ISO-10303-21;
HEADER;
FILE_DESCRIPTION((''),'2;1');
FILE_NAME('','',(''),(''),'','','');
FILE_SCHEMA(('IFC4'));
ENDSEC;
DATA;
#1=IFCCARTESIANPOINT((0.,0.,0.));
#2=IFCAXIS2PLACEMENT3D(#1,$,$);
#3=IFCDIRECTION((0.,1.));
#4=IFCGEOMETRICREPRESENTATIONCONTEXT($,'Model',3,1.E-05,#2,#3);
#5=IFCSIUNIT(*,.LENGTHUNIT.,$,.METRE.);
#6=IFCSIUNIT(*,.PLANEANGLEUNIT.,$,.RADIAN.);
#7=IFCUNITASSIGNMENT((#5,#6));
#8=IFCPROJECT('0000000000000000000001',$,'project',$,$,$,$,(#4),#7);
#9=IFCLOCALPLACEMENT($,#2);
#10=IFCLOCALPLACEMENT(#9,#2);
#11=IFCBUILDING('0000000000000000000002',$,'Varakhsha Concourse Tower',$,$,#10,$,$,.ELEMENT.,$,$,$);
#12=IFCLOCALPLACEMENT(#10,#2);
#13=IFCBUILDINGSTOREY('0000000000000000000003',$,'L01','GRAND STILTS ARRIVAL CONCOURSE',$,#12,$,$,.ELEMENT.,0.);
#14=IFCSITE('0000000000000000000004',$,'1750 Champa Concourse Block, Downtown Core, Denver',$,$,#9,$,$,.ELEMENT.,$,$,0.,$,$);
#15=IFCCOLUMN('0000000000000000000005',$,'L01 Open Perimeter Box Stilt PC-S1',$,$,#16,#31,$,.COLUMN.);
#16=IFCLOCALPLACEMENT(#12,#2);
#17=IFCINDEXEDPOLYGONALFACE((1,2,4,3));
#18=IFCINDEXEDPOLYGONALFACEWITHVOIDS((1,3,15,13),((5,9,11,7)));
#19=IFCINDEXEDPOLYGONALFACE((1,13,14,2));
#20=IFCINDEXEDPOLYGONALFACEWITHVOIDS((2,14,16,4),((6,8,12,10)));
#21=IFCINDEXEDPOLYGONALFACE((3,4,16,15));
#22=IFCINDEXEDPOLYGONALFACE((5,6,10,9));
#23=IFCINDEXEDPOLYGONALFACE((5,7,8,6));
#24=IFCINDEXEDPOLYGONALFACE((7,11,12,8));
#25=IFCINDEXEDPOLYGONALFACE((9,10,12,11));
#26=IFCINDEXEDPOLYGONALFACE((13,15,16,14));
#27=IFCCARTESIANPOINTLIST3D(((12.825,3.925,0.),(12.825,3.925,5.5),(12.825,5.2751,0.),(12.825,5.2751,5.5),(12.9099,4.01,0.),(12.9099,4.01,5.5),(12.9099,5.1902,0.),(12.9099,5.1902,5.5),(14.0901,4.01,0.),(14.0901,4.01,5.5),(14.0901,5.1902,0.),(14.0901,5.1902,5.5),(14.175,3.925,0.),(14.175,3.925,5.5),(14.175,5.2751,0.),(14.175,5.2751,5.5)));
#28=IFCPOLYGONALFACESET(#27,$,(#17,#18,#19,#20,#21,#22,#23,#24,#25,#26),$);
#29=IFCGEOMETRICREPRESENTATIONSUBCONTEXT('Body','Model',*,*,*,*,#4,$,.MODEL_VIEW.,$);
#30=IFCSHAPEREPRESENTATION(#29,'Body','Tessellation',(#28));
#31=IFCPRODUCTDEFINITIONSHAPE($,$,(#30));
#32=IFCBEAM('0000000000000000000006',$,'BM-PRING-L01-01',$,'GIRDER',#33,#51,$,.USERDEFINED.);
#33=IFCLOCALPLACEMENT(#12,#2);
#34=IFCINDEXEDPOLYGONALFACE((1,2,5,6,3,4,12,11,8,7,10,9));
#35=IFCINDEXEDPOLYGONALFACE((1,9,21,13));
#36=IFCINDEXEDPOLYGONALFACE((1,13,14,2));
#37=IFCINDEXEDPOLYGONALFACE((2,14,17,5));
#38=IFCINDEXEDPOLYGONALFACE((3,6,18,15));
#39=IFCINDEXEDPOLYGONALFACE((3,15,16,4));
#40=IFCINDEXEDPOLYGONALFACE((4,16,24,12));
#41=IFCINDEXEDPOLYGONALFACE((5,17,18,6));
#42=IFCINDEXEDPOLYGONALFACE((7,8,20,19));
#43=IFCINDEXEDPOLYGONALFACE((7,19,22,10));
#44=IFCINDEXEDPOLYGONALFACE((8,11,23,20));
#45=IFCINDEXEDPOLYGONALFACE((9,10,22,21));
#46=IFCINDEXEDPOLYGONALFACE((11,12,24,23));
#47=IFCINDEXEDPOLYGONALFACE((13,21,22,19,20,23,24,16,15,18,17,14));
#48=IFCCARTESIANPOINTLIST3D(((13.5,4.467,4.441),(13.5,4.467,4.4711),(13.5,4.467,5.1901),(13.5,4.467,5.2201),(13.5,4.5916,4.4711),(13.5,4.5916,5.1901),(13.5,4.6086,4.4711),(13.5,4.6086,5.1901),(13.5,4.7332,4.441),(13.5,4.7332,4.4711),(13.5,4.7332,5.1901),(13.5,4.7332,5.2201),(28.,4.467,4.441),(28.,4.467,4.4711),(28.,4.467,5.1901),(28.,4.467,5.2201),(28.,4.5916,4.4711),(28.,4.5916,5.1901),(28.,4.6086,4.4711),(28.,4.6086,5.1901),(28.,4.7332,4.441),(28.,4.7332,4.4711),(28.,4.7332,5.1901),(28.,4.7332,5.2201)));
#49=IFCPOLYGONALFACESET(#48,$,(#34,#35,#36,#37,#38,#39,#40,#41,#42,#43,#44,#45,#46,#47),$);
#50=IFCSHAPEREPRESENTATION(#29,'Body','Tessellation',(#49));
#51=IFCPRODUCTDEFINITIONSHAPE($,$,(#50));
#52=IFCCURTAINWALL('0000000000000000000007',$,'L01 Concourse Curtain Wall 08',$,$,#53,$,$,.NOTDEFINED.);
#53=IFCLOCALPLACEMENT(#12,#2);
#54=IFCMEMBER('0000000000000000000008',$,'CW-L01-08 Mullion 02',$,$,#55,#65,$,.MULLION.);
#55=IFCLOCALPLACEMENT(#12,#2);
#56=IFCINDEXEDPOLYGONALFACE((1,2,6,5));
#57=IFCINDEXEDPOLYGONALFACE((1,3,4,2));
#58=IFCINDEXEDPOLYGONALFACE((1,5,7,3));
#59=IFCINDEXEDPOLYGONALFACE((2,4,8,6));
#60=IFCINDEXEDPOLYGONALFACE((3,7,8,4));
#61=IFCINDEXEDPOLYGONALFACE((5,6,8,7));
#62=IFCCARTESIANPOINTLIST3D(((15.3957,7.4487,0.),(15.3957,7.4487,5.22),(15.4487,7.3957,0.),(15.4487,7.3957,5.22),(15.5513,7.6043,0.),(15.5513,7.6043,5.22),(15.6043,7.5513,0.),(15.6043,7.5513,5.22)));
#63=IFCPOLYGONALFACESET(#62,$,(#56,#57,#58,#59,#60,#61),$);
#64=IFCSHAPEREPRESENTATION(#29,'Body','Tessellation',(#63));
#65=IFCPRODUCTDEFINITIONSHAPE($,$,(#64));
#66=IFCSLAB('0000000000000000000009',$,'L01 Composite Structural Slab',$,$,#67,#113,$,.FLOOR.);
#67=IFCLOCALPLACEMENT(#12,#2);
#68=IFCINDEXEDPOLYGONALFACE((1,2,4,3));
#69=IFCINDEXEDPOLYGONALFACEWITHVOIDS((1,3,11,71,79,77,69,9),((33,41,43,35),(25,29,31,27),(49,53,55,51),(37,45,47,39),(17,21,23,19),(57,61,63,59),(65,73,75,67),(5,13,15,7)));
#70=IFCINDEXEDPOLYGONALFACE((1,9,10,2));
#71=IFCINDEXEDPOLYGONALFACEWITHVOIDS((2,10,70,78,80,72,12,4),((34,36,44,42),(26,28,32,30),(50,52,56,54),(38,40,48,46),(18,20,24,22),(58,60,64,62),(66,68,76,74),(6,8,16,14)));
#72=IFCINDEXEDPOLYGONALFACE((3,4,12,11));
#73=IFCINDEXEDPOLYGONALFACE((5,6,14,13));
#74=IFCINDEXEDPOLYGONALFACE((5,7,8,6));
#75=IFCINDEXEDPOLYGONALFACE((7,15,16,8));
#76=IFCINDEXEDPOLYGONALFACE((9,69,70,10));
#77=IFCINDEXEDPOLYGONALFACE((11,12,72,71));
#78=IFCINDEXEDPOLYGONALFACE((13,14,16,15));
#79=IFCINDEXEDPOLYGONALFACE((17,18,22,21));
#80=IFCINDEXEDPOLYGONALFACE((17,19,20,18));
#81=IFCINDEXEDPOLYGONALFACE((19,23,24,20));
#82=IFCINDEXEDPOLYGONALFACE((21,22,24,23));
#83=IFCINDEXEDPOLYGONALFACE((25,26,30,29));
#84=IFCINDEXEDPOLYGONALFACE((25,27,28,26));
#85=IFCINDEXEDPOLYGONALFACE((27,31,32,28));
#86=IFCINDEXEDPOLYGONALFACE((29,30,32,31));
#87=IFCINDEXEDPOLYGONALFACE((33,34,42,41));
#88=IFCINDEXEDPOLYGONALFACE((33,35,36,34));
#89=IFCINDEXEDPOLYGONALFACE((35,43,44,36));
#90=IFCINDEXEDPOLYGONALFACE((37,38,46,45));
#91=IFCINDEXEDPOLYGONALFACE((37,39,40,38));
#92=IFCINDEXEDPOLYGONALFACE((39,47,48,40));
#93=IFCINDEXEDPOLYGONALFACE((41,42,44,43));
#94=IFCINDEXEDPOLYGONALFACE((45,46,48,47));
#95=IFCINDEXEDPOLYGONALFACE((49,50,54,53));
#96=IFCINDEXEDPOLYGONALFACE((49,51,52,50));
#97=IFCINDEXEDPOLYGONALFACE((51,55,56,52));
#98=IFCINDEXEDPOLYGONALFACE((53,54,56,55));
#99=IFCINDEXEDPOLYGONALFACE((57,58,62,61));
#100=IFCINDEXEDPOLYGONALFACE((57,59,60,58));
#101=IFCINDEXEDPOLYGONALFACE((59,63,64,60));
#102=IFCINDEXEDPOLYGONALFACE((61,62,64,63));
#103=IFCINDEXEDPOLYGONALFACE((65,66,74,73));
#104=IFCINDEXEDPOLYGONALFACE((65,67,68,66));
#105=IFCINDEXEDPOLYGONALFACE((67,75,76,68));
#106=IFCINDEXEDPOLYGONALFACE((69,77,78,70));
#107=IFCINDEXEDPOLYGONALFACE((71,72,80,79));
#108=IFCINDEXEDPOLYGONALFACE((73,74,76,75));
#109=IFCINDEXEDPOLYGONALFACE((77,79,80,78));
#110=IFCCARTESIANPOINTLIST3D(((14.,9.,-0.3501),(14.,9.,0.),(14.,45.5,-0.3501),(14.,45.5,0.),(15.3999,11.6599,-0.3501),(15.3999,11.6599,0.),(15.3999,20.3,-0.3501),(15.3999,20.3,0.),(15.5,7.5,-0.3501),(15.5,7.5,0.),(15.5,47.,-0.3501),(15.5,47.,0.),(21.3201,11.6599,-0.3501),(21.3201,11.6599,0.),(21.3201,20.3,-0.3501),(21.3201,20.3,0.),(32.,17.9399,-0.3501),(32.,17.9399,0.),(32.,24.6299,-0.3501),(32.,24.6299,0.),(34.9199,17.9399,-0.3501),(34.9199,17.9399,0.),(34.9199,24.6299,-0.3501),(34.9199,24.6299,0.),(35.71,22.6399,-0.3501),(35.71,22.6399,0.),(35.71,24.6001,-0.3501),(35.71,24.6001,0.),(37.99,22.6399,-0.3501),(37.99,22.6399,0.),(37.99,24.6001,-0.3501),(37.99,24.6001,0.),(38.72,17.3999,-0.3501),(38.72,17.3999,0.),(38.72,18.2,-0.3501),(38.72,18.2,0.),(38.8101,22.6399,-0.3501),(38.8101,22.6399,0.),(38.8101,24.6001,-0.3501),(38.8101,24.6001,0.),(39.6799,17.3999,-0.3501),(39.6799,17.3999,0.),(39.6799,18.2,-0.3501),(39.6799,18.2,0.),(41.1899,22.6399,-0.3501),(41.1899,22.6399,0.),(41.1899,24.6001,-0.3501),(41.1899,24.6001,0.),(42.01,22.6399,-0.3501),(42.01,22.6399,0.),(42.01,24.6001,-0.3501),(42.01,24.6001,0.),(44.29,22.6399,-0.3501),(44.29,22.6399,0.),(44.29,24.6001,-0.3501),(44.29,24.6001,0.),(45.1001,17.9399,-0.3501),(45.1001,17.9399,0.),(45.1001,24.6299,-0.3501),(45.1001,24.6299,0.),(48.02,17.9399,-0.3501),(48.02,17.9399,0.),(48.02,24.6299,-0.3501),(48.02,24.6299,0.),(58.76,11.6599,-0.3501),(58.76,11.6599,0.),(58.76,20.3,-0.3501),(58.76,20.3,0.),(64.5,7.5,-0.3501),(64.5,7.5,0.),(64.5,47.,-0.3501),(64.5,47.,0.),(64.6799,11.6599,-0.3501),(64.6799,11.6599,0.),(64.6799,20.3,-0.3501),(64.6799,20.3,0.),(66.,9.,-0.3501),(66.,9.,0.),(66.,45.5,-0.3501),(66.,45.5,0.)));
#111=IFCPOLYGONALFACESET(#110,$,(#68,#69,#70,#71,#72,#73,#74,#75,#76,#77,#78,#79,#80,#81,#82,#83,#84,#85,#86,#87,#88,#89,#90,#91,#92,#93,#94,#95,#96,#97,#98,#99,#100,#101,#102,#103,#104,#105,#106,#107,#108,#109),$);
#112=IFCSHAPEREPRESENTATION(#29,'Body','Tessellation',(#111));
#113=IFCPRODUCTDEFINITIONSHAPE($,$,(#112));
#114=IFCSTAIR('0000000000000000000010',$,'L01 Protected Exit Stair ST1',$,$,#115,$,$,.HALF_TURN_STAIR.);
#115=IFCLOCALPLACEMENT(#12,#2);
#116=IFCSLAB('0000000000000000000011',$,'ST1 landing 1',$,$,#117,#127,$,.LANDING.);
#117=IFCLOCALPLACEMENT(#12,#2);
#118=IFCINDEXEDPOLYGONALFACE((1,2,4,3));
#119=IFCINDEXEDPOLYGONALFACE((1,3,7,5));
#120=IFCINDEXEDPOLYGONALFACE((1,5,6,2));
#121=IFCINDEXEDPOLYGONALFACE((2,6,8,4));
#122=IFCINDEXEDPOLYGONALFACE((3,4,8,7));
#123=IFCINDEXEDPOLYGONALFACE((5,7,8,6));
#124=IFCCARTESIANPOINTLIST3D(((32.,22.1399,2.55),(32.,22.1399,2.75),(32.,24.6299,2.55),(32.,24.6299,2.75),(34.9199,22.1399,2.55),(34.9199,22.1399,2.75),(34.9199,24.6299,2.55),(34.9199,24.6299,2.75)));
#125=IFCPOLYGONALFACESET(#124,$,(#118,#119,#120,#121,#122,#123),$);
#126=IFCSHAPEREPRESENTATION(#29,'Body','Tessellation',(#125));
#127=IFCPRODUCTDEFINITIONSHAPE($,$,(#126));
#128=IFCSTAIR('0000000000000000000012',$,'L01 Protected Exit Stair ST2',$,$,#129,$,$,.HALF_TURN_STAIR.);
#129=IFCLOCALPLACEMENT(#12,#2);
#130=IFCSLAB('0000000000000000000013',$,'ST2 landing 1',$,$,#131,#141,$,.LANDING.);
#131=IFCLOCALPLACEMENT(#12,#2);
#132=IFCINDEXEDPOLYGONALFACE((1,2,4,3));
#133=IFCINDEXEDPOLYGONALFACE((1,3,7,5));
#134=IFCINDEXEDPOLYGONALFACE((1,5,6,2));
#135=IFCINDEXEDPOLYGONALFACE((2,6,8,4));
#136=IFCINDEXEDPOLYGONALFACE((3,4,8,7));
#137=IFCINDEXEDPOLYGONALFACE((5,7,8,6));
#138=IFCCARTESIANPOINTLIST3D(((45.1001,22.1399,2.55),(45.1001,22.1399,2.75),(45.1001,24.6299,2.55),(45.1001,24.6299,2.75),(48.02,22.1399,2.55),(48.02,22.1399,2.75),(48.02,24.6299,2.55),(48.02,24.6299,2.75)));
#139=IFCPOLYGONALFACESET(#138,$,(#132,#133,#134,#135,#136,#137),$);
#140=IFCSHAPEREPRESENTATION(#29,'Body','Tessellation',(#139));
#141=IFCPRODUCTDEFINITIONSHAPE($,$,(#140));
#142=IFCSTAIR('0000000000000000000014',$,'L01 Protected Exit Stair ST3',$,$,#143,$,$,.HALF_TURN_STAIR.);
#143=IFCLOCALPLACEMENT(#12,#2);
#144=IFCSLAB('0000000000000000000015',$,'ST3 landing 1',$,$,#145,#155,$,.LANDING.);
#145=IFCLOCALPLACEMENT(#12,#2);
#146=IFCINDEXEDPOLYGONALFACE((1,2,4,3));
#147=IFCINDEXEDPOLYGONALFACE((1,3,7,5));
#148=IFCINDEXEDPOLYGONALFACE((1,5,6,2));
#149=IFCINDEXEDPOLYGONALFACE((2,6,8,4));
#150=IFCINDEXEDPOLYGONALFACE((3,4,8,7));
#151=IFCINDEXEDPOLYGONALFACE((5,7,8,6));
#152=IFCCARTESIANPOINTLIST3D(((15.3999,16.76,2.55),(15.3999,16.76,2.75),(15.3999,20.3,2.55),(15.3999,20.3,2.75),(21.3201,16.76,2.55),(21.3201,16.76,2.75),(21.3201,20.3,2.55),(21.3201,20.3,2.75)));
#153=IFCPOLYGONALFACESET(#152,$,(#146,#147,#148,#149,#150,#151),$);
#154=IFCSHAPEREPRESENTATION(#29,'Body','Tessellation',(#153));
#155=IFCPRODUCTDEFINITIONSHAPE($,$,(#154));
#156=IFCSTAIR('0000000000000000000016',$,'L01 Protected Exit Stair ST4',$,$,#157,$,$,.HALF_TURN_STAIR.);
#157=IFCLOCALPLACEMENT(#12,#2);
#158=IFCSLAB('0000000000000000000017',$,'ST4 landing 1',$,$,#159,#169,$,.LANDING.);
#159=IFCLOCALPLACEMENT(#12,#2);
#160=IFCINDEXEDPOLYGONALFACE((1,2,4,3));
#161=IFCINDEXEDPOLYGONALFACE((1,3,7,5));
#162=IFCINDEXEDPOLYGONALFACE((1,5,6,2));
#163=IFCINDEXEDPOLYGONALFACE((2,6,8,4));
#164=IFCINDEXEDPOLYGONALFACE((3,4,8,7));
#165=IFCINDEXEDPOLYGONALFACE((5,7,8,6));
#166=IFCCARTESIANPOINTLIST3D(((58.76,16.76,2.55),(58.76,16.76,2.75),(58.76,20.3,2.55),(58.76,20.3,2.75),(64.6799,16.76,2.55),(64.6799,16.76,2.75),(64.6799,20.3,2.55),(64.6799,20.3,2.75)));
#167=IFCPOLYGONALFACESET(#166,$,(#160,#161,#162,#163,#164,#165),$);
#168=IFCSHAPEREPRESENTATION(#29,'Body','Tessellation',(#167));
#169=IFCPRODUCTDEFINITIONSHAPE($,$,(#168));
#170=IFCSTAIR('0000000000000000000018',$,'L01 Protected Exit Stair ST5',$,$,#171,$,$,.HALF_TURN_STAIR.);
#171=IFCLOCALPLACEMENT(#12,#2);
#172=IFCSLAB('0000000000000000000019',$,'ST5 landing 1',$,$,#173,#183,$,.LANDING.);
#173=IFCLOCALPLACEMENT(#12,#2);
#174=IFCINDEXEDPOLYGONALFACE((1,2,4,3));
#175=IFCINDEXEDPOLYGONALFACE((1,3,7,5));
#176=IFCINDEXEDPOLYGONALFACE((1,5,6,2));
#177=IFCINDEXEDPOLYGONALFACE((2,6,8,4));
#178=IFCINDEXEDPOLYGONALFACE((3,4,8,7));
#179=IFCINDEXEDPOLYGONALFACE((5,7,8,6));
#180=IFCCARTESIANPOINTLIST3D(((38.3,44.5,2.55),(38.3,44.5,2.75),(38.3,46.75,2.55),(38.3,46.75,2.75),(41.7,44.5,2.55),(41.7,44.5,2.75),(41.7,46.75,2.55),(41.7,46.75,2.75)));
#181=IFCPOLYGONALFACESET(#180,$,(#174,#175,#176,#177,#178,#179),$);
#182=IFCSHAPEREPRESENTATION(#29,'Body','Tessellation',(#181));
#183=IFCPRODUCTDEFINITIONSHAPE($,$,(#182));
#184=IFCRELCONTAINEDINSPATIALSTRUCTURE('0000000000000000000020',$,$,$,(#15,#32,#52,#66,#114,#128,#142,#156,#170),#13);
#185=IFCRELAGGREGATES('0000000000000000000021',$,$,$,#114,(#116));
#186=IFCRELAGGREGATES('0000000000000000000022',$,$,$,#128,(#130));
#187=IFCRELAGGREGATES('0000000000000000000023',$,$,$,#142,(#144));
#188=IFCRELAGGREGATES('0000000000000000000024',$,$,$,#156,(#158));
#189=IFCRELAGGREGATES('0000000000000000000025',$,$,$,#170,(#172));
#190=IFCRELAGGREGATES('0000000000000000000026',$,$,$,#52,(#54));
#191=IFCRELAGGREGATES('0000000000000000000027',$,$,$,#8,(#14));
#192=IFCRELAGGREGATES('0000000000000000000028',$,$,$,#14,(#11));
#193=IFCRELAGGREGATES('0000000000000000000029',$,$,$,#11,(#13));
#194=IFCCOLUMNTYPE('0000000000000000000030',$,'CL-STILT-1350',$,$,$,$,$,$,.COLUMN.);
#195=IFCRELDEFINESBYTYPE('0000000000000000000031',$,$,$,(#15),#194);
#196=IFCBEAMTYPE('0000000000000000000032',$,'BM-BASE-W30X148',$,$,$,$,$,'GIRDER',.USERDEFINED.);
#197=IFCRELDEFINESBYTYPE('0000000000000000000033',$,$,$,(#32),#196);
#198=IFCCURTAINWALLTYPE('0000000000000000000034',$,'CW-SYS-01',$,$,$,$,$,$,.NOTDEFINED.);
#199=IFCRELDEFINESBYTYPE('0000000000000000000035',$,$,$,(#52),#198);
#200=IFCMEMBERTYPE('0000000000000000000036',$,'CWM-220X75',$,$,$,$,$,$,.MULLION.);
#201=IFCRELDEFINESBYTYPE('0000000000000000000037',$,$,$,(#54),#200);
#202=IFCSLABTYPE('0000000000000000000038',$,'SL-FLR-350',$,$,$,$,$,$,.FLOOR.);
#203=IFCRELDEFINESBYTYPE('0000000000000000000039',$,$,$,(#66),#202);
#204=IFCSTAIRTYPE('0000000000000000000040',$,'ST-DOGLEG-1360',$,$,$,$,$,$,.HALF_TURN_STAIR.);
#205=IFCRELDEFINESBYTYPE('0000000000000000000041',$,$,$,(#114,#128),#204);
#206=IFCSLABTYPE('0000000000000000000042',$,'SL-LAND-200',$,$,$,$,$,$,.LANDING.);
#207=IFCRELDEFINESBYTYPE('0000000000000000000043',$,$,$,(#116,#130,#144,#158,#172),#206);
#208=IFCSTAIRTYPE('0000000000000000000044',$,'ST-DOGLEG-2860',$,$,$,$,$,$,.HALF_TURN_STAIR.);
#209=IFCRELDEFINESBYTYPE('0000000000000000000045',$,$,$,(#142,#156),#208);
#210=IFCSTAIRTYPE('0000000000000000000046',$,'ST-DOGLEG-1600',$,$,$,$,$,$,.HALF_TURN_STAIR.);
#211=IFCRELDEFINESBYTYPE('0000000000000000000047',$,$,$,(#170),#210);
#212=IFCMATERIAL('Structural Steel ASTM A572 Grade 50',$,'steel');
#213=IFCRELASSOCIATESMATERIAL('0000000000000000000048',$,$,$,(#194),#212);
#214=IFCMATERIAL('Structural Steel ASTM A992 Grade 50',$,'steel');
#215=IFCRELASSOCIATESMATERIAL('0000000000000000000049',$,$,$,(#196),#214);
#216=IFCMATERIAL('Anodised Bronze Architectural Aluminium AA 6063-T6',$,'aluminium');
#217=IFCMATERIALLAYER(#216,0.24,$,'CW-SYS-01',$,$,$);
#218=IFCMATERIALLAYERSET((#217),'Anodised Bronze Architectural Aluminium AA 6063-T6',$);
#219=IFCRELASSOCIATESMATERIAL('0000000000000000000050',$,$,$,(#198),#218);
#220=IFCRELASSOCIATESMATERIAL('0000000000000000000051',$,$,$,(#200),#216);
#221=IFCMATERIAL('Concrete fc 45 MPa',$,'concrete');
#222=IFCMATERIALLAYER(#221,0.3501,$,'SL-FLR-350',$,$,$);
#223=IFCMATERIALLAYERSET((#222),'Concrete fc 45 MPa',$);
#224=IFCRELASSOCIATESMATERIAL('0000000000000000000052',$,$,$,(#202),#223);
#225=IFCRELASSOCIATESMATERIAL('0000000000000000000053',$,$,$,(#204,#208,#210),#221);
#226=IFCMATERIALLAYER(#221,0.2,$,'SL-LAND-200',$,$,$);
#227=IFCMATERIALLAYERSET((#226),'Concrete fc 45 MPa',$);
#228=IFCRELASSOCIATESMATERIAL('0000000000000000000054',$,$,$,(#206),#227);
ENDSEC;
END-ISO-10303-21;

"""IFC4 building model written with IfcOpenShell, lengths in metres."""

from ifc_helpers import new_model, si_unit, direction, frame, origin, origin_2d, place, context, subcontext, project, spatial, polyline, rectangle, hollow_rectangle, i_section, outline, extrude, source, transform, mapped, material, layer, layer_set, material_profile, profile_set, type_object, type_shapes, element, aggregate, save


model = new_model("IFC4")

# Units and contexts
model_context = context("Model", 3, precision=1e-05, world=origin(), true_north=direction((0.0, 1.0)))
body_context = subcontext(model_context, "Body", "Model", "MODEL_VIEW")
ifc_project = project(units=[si_unit("LENGTHUNIT", "METRE"), si_unit("PLANEANGLEUNIT", "RADIAN")], contexts=[model_context])

# Site, building, storey
site_placement = place(None, origin())
site = spatial("IfcSite", under=ifc_project, at=site_placement, Name="1750 Champa Concourse Block, Downtown Core, Denver", CompositionType="ELEMENT", RefElevation=0.0)
building_placement = place(site_placement, origin())
building = spatial("IfcBuilding", under=site, at=building_placement, Name="Varakhsha Concourse Tower", CompositionType="ELEMENT")
storey_placement = place(building_placement, origin())
storey = spatial("IfcBuildingStorey", under=building, at=storey_placement, Name="L01", Description="GRAND STILTS ARRIVAL CONCOURSE", CompositionType="ELEMENT", Elevation=0.0)

# Column
ifc_material_1 = material(Name="Structural Steel ASTM A572 Grade 50", Category="steel")
ifc_material_profile_1 = material_profile(ifc_material_1, hollow_rectangle(XDim=1.3501, YDim=1.3501, WallThickness=0.085, at=origin_2d()), Name="BOX 1350x1350x85")
ifc_profile_set_1 = profile_set([ifc_material_profile_1], Name="Structural Steel ASTM A572 Grade 50")
column_type = type_object("IfcColumnType", Name="CL-STILT-1350", PredefinedType="COLUMN", material=ifc_profile_set_1)
column_placement = place(storey_placement, frame((13.5, 4.6001, 0.0), z_axis=(0.0, 0.0, 1.0), x_axis=(1.0, 0.0, 0.0)))
element("IfcColumn", 1, at=column_placement, inside=storey, type_object=column_type, Name="L01 Open Perimeter Box Stilt PC-S1", PredefinedType="COLUMN", context=body_context, shape_type="SweptSolid", body=[
    extrude(hollow_rectangle(XDim=1.3501, YDim=1.3501, WallThickness=0.085, at=origin_2d()), origin(), (0.0, 0.0, 1.0), 5.5),
])

# Beam
ifc_material_2 = material(Name="Structural Steel ASTM A992 Grade 50", Category="steel")
ifc_material_profile_2 = material_profile(ifc_material_2, i_section(OverallWidth=0.2661, OverallDepth=0.7791, WebThickness=0.0171, FlangeThickness=0.03, at=origin_2d()), Name="W30X148")
ifc_profile_set_2 = profile_set([ifc_material_profile_2], Name="Structural Steel ASTM A992 Grade 50")
beam_type = type_object("IfcBeamType", Name="BM-BASE-W30X148", ElementType="GIRDER", PredefinedType="USERDEFINED", material=ifc_profile_set_2)
beam_placement = place(storey_placement, frame((13.5, 4.6001, 4.8306), z_axis=(1.0, 0.0, 0.0), x_axis=(0.0, 1.0, 0.0)))
element("IfcBeam", 2, at=beam_placement, inside=storey, type_object=beam_type, Name="BM-PRING-L01-01", ObjectType="GIRDER", PredefinedType="USERDEFINED", context=body_context, shape_type="SweptSolid", body=[
    extrude(i_section(OverallWidth=0.2661, OverallDepth=0.7791, WebThickness=0.0171, FlangeThickness=0.03, at=origin_2d()), origin(), (0.0, 0.0, 1.0), 14.5),
])

# Curtain wall, member
ifc_material_3 = material(Name="Anodised Bronze Architectural Aluminium AA 6063-T6", Category="aluminium")
ifc_layer_1 = layer(ifc_material_3, 0.24, Name="CW-SYS-01")
ifc_layer_set_1 = layer_set([ifc_layer_1], Name="Anodised Bronze Architectural Aluminium AA 6063-T6")
curtain_wall_type = type_object("IfcCurtainWallType", Name="CW-SYS-01", PredefinedType="NOTDEFINED", material=ifc_layer_set_1)
curtain_wall_placement = place(storey_placement, origin())
curtain_wall = element("IfcCurtainWall", 3, at=curtain_wall_placement, inside=storey, type_object=curtain_wall_type, Name="L01 Concourse Curtain Wall 08", PredefinedType="NOTDEFINED")
ifc_material_profile_3 = material_profile(ifc_material_3, rectangle(XDim=0.075, YDim=0.22, at=origin_2d()), Name="CWM-220X75")
ifc_profile_set_3 = profile_set([ifc_material_profile_3], Name="Anodised Bronze Architectural Aluminium AA 6063-T6")
member_type = type_object("IfcMemberType", Name="CWM-220X75", PredefinedType="MULLION", material=ifc_profile_set_3)
shared_shape_1 = source(origin(), body_context, "Body", "SweptSolid", [
    extrude(rectangle(XDim=0.075, YDim=0.22, at=origin_2d()), origin(), (0.0, 0.0, 1.0), 5.22),
])
type_shapes(member_type, [shared_shape_1])
member_placement = place(storey_placement, frame((15.5, 7.5, 0.0), z_axis=(0.0, 0.0, 1.0), x_axis=(0.707107, -0.707107, 0.0)))
member = element("IfcMember", 4, at=member_placement, type_object=member_type, Name="CW-L01-08 Mullion 02", PredefinedType="MULLION", context=body_context, shape_type="MappedRepresentation", body=[
    mapped(shared_shape_1, transform((0.0, 0.0, 0.0), scale=1.0)),
])

# Slab
ifc_material_4 = material(Name="Concrete fc 45 MPa", Category="concrete")
ifc_layer_2 = layer(ifc_material_4, 0.3501, Name="SL-FLR-350")
ifc_layer_set_2 = layer_set([ifc_layer_2], Name="Concrete fc 45 MPa")
slab_type_1 = type_object("IfcSlabType", Name="SL-FLR-350", PredefinedType="FLOOR", material=ifc_layer_set_2)
slab_1_placement = place(storey_placement, frame((0.0, 0.0, -0.3501)))
element("IfcSlab", 5, at=slab_1_placement, inside=storey, type_object=slab_type_1, Name="L01 Composite Structural Slab", PredefinedType="FLOOR", context=body_context, shape_type="SweptSolid", body=[
    extrude(outline(polyline([(15.5, 7.5), (64.5, 7.5), (66.0, 9.0), (66.0, 45.5), (64.5, 47.0), (15.5, 47.0), (14.0, 45.5), (14.0, 9.0), (15.5, 7.5)]), holes=[polyline([(34.9199, 17.9399), (34.9199, 24.6299), (32.0, 24.6299), (32.0, 17.9399), (34.9199, 17.9399)]), polyline([(48.02, 17.9399), (48.02, 24.6299), (45.1001, 24.6299), (45.1001, 17.9399), (48.02, 17.9399)]), polyline([(21.3201, 11.6599), (21.3201, 20.3), (15.3999, 20.3), (15.3999, 11.6599), (21.3201, 11.6599)]), polyline([(64.6799, 11.6599), (64.6799, 20.3), (58.76, 20.3), (58.76, 11.6599), (64.6799, 11.6599)]), polyline([(35.71, 22.6399), (37.99, 22.6399), (37.99, 24.6001), (35.71, 24.6001), (35.71, 22.6399)]), polyline([(42.01, 22.6399), (44.29, 22.6399), (44.29, 24.6001), (42.01, 24.6001), (42.01, 22.6399)]), polyline([(38.8101, 22.6399), (41.1899, 22.6399), (41.1899, 24.6001), (38.8101, 24.6001), (38.8101, 22.6399)]), polyline([(38.72, 17.3999), (39.6799, 17.3999), (39.6799, 18.2), (38.72, 18.2), (38.72, 17.3999)])]), origin(), (0.0, 0.0, 1.0), 0.3501),
])

# Stairs, slabs
stair_type_1 = type_object("IfcStairType", Name="ST-DOGLEG-1360", PredefinedType="HALF_TURN_STAIR", material=ifc_material_4)
stair_1_placement = place(storey_placement, origin())
stair_1 = element("IfcStair", 6, at=stair_1_placement, inside=storey, type_object=stair_type_1, Name="L01 Protected Exit Stair ST1", PredefinedType="HALF_TURN_STAIR")
ifc_layer_3 = layer(ifc_material_4, 0.2, Name="SL-LAND-200")
ifc_layer_set_3 = layer_set([ifc_layer_3], Name="Concrete fc 45 MPa")
slab_type_2 = type_object("IfcSlabType", Name="SL-LAND-200", PredefinedType="LANDING", material=ifc_layer_set_3)
slab_2_placement = place(storey_placement, frame((0.0, 0.0, 2.55)))
slab_2 = element("IfcSlab", 7, at=slab_2_placement, type_object=slab_type_2, Name="ST1 landing 1", PredefinedType="LANDING", context=body_context, shape_type="SweptSolid", body=[
    extrude(outline(polyline([(34.9199, 22.1399), (34.9199, 24.6299), (32.0, 24.6299), (32.0, 22.1399), (34.9199, 22.1399)])), origin(), (0.0, 0.0, 1.0), 0.2),
])
aggregate(stair_1, [slab_2])
stair_2_placement = place(storey_placement, origin())
stair_2 = element("IfcStair", 8, at=stair_2_placement, inside=storey, type_object=stair_type_1, Name="L01 Protected Exit Stair ST2", PredefinedType="HALF_TURN_STAIR")
slab_3_placement = place(storey_placement, frame((0.0, 0.0, 2.55)))
slab_3 = element("IfcSlab", 9, at=slab_3_placement, type_object=slab_type_2, Name="ST2 landing 1", PredefinedType="LANDING", context=body_context, shape_type="SweptSolid", body=[
    extrude(outline(polyline([(48.02, 22.1399), (48.02, 24.6299), (45.1001, 24.6299), (45.1001, 22.1399), (48.02, 22.1399)])), origin(), (0.0, 0.0, 1.0), 0.2),
])
aggregate(stair_2, [slab_3])
stair_type_2 = type_object("IfcStairType", Name="ST-DOGLEG-2860", PredefinedType="HALF_TURN_STAIR", material=ifc_material_4)
stair_3_placement = place(storey_placement, origin())
stair_3 = element("IfcStair", 10, at=stair_3_placement, inside=storey, type_object=stair_type_2, Name="L01 Protected Exit Stair ST3", PredefinedType="HALF_TURN_STAIR")
slab_4_placement = place(storey_placement, frame((0.0, 0.0, 2.55)))
slab_4 = element("IfcSlab", 11, at=slab_4_placement, type_object=slab_type_2, Name="ST3 landing 1", PredefinedType="LANDING", context=body_context, shape_type="SweptSolid", body=[
    extrude(outline(polyline([(21.3201, 16.76), (21.3201, 20.3), (15.3999, 20.3), (15.3999, 16.76), (21.3201, 16.76)])), origin(), (0.0, 0.0, 1.0), 0.2),
])
aggregate(stair_3, [slab_4])
stair_4_placement = place(storey_placement, origin())
stair_4 = element("IfcStair", 12, at=stair_4_placement, inside=storey, type_object=stair_type_2, Name="L01 Protected Exit Stair ST4", PredefinedType="HALF_TURN_STAIR")
slab_5_placement = place(storey_placement, frame((0.0, 0.0, 2.55)))
slab_5 = element("IfcSlab", 13, at=slab_5_placement, type_object=slab_type_2, Name="ST4 landing 1", PredefinedType="LANDING", context=body_context, shape_type="SweptSolid", body=[
    extrude(outline(polyline([(64.6799, 16.76), (64.6799, 20.3), (58.76, 20.3), (58.76, 16.76), (64.6799, 16.76)])), origin(), (0.0, 0.0, 1.0), 0.2),
])
aggregate(stair_4, [slab_5])
stair_type_3 = type_object("IfcStairType", Name="ST-DOGLEG-1600", PredefinedType="HALF_TURN_STAIR", material=ifc_material_4)
stair_5_placement = place(storey_placement, origin())
stair_5 = element("IfcStair", 14, at=stair_5_placement, inside=storey, type_object=stair_type_3, Name="L01 Protected Exit Stair ST5", PredefinedType="HALF_TURN_STAIR")
slab_6_placement = place(storey_placement, frame((0.0, 0.0, 2.55)))
slab_6 = element("IfcSlab", 15, at=slab_6_placement, type_object=slab_type_2, Name="ST5 landing 1", PredefinedType="LANDING", context=body_context, shape_type="SweptSolid", body=[
    extrude(outline(polyline([(41.7, 44.5), (41.7, 46.75), (38.3, 46.75), (38.3, 44.5), (41.7, 44.5)])), origin(), (0.0, 0.0, 1.0), 0.2),
])
aggregate(stair_5, [slab_6])

aggregate(curtain_wall, [member])

save(model, "model.ifc")
